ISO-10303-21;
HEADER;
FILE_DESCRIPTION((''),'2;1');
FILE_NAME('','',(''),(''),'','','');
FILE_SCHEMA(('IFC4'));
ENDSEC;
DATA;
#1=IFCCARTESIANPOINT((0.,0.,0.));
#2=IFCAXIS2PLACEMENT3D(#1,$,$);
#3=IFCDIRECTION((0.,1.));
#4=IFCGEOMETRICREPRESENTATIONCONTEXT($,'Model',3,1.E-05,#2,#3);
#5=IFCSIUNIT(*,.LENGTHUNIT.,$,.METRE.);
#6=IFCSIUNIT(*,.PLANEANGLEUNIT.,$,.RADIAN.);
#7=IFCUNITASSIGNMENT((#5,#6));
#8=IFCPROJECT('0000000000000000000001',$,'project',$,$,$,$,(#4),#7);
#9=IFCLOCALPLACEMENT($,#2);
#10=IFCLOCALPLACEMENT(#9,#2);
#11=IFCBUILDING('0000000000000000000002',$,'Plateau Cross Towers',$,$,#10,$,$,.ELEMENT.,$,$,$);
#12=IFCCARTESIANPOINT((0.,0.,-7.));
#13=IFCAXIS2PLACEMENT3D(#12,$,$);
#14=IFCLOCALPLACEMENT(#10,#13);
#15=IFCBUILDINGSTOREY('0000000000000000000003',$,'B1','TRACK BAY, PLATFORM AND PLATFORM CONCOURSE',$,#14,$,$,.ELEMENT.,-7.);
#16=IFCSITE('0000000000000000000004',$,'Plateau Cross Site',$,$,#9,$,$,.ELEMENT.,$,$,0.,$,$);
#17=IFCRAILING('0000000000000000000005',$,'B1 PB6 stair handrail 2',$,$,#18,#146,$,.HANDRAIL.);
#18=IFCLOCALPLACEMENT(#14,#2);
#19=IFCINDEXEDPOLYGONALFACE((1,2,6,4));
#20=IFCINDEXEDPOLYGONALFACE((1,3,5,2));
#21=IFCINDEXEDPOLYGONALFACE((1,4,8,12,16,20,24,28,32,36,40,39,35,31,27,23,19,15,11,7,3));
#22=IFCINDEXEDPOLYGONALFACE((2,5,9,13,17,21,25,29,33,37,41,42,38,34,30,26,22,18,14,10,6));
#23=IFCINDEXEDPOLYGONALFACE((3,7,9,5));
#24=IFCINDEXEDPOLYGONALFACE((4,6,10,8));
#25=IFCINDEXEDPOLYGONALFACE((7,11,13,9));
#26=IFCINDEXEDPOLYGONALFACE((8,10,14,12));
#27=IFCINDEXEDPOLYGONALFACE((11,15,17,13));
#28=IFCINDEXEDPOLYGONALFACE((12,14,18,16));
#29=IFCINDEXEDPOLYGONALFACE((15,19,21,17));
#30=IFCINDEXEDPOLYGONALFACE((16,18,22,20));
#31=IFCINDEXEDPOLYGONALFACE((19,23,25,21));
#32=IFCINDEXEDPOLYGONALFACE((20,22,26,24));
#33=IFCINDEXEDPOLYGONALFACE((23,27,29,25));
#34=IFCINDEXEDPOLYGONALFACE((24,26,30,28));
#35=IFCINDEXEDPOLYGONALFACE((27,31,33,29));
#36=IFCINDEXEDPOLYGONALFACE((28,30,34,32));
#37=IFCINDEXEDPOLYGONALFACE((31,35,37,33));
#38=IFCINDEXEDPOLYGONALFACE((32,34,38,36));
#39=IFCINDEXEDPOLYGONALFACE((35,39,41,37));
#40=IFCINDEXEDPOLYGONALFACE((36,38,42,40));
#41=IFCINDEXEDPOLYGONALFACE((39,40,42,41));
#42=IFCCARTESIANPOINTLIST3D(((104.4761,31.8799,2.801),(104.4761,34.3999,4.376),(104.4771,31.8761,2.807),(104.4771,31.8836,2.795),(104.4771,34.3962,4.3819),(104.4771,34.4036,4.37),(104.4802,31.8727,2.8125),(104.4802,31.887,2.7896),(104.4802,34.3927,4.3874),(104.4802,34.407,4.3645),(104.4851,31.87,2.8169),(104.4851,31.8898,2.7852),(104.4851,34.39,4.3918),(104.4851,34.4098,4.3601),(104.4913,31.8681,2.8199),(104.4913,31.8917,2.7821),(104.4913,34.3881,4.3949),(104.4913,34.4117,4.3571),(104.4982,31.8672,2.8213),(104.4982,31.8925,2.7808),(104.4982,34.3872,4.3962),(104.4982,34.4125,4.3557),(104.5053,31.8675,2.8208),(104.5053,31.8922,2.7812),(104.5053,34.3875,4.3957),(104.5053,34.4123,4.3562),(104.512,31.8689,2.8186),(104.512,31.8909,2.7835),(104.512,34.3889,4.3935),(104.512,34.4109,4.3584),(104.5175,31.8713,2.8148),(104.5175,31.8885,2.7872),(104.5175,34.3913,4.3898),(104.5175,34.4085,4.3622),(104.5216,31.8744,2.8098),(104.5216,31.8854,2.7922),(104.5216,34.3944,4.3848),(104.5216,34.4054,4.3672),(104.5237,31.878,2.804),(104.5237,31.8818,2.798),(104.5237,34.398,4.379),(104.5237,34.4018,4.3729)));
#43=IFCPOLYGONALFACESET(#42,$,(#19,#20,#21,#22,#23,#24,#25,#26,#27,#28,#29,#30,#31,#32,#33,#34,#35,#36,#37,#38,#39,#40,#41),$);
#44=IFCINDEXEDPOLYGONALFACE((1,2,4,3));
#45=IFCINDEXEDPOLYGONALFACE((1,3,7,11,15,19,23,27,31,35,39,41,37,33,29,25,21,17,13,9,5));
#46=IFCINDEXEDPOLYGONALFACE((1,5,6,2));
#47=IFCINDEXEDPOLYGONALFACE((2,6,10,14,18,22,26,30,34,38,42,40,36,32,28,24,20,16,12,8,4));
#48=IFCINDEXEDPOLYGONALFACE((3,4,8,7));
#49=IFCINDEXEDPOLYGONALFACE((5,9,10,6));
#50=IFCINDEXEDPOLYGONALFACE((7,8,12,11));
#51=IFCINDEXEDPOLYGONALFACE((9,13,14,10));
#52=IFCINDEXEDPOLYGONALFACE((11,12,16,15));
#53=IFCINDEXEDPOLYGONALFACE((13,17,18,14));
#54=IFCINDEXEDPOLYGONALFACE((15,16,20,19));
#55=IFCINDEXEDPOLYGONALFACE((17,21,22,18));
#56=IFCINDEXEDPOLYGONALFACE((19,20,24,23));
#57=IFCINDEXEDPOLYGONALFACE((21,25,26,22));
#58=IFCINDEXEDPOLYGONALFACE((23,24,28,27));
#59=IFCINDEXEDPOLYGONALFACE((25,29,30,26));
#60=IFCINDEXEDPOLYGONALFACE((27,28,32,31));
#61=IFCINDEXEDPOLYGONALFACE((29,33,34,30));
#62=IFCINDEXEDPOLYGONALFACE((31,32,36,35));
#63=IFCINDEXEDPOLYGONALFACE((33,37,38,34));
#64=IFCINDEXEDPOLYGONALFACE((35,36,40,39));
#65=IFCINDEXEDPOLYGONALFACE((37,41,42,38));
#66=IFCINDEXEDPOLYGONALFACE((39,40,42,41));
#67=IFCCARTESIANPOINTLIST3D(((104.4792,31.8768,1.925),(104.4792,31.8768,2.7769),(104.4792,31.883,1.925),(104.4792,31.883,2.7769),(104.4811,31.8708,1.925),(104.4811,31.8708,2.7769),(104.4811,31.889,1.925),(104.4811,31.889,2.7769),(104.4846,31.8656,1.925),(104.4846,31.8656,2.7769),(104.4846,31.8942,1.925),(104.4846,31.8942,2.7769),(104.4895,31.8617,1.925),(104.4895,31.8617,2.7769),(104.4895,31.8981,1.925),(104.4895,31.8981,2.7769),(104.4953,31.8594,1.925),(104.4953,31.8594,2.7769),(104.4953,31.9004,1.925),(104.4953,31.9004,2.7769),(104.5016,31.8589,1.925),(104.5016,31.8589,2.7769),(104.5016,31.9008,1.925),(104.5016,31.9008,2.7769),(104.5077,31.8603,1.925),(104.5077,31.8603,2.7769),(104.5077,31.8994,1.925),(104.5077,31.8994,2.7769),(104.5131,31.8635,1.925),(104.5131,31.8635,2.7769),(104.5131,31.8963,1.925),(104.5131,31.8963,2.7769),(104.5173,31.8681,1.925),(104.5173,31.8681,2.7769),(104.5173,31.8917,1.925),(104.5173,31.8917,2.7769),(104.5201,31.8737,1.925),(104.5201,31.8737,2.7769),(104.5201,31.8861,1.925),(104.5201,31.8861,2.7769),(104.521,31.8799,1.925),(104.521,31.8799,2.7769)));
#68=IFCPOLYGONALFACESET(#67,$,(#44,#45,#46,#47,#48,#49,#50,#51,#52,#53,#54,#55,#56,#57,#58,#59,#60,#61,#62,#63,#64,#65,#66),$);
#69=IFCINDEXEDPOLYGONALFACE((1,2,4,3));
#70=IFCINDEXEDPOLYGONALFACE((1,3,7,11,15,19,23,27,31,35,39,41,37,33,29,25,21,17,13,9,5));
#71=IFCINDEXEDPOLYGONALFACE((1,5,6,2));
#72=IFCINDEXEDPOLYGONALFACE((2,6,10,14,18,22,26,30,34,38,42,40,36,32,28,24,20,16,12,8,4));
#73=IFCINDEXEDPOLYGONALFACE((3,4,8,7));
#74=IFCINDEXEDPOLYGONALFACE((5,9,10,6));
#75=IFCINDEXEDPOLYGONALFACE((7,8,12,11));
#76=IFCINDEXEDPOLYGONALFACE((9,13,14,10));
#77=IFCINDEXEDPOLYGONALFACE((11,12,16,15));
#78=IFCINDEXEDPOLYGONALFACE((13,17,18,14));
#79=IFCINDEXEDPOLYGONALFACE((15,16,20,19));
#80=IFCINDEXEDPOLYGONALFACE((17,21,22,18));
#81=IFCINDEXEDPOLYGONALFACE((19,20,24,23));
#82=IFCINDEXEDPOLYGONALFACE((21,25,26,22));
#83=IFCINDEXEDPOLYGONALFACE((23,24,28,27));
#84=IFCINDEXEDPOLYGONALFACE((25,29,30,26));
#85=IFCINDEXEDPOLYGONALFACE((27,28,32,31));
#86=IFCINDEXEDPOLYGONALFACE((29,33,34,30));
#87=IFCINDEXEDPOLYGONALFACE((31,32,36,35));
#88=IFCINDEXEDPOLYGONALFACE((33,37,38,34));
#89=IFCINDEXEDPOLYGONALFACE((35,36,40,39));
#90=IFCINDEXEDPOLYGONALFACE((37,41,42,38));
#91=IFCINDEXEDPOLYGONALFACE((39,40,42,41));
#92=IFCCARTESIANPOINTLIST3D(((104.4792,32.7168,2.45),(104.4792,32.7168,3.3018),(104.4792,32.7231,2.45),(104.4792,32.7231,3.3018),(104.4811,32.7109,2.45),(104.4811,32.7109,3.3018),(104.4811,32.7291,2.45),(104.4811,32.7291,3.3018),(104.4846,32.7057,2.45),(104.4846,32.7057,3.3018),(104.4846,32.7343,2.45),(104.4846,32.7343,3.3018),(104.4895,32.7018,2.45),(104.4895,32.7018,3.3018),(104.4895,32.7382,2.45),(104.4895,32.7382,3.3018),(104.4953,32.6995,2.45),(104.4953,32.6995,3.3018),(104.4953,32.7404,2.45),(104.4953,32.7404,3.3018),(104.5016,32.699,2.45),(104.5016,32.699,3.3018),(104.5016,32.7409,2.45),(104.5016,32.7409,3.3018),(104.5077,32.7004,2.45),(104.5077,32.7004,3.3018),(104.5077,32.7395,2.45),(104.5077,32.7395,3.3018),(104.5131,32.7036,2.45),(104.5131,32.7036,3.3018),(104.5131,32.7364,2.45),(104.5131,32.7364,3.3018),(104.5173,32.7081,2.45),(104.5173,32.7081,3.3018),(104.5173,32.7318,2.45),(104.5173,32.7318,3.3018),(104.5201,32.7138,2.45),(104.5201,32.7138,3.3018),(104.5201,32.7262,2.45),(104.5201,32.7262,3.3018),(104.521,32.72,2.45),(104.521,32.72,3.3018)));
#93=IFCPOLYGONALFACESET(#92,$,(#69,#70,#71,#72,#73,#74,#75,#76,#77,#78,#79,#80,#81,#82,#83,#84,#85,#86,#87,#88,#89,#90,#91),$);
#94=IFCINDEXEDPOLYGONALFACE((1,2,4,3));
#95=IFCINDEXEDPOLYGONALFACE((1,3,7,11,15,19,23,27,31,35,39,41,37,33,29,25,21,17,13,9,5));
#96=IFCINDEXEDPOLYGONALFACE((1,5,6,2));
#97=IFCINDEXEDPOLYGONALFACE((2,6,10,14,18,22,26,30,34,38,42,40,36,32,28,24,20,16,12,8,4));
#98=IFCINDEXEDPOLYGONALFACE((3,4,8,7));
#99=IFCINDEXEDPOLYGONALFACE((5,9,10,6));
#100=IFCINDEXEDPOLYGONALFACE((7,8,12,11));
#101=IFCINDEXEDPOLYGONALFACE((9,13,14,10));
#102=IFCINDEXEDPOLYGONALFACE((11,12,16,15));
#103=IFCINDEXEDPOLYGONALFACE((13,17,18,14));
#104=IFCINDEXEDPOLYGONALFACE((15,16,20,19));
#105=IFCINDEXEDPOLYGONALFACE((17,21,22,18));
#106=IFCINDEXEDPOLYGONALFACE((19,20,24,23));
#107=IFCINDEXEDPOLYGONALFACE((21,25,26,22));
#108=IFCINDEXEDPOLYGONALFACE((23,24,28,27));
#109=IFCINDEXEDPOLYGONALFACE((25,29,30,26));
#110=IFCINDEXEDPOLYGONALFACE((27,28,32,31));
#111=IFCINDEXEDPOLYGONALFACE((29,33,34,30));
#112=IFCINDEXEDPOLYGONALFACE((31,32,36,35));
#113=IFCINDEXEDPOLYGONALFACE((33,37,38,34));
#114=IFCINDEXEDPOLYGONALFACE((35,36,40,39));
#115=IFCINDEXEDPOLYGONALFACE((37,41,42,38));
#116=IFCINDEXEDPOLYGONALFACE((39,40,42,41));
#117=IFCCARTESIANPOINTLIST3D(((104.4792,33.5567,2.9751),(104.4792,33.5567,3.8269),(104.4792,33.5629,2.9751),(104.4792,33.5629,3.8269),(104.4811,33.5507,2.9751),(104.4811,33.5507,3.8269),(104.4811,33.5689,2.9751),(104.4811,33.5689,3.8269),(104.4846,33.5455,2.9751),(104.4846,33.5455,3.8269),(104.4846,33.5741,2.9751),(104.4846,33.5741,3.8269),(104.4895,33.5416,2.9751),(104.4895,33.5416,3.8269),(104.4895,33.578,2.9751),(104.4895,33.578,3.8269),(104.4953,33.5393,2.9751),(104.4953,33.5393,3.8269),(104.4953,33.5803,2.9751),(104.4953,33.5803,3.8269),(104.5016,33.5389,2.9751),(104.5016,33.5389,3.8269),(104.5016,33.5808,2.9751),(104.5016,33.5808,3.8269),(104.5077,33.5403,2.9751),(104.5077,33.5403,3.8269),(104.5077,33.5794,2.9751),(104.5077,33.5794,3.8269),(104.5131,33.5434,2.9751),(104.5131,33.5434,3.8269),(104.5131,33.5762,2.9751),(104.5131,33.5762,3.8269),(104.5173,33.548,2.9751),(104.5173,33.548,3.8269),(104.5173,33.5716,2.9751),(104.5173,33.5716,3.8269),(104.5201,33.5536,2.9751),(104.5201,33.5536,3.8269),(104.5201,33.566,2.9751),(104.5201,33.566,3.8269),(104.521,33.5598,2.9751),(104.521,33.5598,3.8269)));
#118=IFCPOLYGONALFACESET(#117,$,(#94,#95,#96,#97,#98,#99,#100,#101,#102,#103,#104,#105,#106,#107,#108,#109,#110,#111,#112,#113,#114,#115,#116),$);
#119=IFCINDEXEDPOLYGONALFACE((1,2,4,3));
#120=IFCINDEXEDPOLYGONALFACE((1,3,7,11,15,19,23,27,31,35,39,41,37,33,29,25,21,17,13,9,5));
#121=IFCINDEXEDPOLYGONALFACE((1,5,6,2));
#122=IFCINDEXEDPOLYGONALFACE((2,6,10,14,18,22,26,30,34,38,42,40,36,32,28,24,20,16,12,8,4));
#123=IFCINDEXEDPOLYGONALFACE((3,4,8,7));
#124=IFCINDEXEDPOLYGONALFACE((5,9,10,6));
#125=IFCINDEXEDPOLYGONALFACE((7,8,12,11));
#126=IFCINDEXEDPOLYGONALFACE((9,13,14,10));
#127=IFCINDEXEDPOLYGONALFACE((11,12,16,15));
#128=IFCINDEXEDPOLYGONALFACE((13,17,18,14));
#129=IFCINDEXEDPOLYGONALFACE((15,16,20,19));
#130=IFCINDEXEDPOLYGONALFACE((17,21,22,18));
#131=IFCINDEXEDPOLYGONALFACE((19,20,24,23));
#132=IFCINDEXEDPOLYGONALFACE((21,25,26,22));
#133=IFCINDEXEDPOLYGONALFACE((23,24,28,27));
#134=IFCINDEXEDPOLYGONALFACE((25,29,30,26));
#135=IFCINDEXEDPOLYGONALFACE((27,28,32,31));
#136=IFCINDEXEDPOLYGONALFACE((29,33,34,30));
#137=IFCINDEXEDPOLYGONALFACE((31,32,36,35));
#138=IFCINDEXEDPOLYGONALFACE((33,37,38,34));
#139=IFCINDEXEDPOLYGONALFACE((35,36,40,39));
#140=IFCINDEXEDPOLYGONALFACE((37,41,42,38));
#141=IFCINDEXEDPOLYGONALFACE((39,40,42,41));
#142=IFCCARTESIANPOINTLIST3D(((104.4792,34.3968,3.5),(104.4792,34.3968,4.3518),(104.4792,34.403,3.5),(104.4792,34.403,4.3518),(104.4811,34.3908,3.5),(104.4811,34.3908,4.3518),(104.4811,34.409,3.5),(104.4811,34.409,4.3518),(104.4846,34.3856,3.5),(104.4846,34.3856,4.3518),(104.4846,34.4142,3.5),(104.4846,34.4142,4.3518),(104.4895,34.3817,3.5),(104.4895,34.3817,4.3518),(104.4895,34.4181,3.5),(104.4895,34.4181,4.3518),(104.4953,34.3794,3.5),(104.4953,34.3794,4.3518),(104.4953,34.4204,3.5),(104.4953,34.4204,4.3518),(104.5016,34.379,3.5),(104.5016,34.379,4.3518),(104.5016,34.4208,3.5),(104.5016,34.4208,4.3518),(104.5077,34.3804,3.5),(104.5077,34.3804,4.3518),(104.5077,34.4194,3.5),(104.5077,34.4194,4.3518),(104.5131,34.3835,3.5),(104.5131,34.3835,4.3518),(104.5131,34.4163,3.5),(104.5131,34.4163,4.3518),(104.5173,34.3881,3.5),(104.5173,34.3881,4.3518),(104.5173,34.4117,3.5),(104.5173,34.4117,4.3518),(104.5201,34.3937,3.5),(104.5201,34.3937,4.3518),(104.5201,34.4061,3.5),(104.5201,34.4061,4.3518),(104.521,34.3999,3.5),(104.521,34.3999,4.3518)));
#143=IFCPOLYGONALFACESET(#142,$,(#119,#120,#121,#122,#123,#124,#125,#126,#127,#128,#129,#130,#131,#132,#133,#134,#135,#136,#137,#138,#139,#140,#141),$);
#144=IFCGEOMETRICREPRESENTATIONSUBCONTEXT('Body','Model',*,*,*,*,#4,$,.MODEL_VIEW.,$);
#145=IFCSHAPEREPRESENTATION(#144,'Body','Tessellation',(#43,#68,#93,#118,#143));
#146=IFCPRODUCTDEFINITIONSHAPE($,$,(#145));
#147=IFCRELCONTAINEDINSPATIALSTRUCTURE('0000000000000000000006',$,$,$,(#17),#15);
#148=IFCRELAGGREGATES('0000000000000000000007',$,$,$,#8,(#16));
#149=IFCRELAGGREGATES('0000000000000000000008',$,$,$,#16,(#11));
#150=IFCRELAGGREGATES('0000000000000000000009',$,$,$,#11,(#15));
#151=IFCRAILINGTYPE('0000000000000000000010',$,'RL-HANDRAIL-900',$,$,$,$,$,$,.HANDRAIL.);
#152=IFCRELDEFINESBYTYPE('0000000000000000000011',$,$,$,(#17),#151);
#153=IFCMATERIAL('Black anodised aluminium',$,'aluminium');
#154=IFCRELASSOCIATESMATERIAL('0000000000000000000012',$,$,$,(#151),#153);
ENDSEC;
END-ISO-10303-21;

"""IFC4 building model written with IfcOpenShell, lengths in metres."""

from ifc_helpers import new_model, si_unit, direction, frame, origin, origin_2d, place, context, subcontext, project, spatial, circle, extrude, material, type_object, element, save


model = new_model("IFC4")

# Units and contexts
model_context = context("Model", 3, precision=1e-05, world=origin(), true_north=direction((0.0, 1.0)))
body_context = subcontext(model_context, "Body", "Model", "MODEL_VIEW")
ifc_project = project(units=[si_unit("LENGTHUNIT", "METRE"), si_unit("PLANEANGLEUNIT", "RADIAN")], contexts=[model_context])

# Site, building, storey
site_placement = place(None, origin())
site = spatial("IfcSite", under=ifc_project, at=site_placement, Name="Plateau Cross Site", CompositionType="ELEMENT", RefElevation=0.0)
building_placement = place(site_placement, origin())
building = spatial("IfcBuilding", under=site, at=building_placement, Name="Plateau Cross Towers", CompositionType="ELEMENT")
storey_placement = place(building_placement, frame((0.0, 0.0, -7.0)))
storey = spatial("IfcBuildingStorey", under=building, at=storey_placement, Name="B1", Description="TRACK BAY, PLATFORM AND PLATFORM CONCOURSE", CompositionType="ELEMENT", Elevation=-7.0)

# Railing
ifc_material_1 = material(Name="Black anodised aluminium", Category="aluminium")
railing_type_1 = type_object("IfcRailingType", Name="RL-HANDRAIL-900", PredefinedType="HANDRAIL", material=ifc_material_1)
railing_1_placement = place(storey_placement, frame((104.5, 31.8799, 1.925)))
element("IfcRailing", 1, at=railing_1_placement, inside=storey, type_object=railing_type_1, Name="B1 PB6 stair handrail 2", PredefinedType="HANDRAIL", context=body_context, shape_type="SweptSolid", body=[
    extrude(circle(Radius=0.0239, at=origin_2d()), frame((0.0, 0.0, 0.876), z_axis=(0.0, 0.848008, 0.529984), x_axis=(-1.0, 0.0, 0.0)), (0.0, 0.0, 1.0), 2.9717),
    extrude(circle(Radius=0.021, at=origin_2d()), origin(), (0.0, 0.0, 1.0), 0.8518),
    extrude(circle(Radius=0.021, at=origin_2d()), frame((0.0, 0.8401, 0.5249)), (0.0, 0.0, 1.0), 0.8518),
    extrude(circle(Radius=0.021, at=origin_2d()), frame((0.0, 1.6799, 1.05)), (0.0, 0.0, 1.0), 0.8518),
    extrude(circle(Radius=0.021, at=origin_2d()), frame((0.0, 2.52, 1.575)), (0.0, 0.0, 1.0), 0.8518),
])

save(model, "model.ifc")
